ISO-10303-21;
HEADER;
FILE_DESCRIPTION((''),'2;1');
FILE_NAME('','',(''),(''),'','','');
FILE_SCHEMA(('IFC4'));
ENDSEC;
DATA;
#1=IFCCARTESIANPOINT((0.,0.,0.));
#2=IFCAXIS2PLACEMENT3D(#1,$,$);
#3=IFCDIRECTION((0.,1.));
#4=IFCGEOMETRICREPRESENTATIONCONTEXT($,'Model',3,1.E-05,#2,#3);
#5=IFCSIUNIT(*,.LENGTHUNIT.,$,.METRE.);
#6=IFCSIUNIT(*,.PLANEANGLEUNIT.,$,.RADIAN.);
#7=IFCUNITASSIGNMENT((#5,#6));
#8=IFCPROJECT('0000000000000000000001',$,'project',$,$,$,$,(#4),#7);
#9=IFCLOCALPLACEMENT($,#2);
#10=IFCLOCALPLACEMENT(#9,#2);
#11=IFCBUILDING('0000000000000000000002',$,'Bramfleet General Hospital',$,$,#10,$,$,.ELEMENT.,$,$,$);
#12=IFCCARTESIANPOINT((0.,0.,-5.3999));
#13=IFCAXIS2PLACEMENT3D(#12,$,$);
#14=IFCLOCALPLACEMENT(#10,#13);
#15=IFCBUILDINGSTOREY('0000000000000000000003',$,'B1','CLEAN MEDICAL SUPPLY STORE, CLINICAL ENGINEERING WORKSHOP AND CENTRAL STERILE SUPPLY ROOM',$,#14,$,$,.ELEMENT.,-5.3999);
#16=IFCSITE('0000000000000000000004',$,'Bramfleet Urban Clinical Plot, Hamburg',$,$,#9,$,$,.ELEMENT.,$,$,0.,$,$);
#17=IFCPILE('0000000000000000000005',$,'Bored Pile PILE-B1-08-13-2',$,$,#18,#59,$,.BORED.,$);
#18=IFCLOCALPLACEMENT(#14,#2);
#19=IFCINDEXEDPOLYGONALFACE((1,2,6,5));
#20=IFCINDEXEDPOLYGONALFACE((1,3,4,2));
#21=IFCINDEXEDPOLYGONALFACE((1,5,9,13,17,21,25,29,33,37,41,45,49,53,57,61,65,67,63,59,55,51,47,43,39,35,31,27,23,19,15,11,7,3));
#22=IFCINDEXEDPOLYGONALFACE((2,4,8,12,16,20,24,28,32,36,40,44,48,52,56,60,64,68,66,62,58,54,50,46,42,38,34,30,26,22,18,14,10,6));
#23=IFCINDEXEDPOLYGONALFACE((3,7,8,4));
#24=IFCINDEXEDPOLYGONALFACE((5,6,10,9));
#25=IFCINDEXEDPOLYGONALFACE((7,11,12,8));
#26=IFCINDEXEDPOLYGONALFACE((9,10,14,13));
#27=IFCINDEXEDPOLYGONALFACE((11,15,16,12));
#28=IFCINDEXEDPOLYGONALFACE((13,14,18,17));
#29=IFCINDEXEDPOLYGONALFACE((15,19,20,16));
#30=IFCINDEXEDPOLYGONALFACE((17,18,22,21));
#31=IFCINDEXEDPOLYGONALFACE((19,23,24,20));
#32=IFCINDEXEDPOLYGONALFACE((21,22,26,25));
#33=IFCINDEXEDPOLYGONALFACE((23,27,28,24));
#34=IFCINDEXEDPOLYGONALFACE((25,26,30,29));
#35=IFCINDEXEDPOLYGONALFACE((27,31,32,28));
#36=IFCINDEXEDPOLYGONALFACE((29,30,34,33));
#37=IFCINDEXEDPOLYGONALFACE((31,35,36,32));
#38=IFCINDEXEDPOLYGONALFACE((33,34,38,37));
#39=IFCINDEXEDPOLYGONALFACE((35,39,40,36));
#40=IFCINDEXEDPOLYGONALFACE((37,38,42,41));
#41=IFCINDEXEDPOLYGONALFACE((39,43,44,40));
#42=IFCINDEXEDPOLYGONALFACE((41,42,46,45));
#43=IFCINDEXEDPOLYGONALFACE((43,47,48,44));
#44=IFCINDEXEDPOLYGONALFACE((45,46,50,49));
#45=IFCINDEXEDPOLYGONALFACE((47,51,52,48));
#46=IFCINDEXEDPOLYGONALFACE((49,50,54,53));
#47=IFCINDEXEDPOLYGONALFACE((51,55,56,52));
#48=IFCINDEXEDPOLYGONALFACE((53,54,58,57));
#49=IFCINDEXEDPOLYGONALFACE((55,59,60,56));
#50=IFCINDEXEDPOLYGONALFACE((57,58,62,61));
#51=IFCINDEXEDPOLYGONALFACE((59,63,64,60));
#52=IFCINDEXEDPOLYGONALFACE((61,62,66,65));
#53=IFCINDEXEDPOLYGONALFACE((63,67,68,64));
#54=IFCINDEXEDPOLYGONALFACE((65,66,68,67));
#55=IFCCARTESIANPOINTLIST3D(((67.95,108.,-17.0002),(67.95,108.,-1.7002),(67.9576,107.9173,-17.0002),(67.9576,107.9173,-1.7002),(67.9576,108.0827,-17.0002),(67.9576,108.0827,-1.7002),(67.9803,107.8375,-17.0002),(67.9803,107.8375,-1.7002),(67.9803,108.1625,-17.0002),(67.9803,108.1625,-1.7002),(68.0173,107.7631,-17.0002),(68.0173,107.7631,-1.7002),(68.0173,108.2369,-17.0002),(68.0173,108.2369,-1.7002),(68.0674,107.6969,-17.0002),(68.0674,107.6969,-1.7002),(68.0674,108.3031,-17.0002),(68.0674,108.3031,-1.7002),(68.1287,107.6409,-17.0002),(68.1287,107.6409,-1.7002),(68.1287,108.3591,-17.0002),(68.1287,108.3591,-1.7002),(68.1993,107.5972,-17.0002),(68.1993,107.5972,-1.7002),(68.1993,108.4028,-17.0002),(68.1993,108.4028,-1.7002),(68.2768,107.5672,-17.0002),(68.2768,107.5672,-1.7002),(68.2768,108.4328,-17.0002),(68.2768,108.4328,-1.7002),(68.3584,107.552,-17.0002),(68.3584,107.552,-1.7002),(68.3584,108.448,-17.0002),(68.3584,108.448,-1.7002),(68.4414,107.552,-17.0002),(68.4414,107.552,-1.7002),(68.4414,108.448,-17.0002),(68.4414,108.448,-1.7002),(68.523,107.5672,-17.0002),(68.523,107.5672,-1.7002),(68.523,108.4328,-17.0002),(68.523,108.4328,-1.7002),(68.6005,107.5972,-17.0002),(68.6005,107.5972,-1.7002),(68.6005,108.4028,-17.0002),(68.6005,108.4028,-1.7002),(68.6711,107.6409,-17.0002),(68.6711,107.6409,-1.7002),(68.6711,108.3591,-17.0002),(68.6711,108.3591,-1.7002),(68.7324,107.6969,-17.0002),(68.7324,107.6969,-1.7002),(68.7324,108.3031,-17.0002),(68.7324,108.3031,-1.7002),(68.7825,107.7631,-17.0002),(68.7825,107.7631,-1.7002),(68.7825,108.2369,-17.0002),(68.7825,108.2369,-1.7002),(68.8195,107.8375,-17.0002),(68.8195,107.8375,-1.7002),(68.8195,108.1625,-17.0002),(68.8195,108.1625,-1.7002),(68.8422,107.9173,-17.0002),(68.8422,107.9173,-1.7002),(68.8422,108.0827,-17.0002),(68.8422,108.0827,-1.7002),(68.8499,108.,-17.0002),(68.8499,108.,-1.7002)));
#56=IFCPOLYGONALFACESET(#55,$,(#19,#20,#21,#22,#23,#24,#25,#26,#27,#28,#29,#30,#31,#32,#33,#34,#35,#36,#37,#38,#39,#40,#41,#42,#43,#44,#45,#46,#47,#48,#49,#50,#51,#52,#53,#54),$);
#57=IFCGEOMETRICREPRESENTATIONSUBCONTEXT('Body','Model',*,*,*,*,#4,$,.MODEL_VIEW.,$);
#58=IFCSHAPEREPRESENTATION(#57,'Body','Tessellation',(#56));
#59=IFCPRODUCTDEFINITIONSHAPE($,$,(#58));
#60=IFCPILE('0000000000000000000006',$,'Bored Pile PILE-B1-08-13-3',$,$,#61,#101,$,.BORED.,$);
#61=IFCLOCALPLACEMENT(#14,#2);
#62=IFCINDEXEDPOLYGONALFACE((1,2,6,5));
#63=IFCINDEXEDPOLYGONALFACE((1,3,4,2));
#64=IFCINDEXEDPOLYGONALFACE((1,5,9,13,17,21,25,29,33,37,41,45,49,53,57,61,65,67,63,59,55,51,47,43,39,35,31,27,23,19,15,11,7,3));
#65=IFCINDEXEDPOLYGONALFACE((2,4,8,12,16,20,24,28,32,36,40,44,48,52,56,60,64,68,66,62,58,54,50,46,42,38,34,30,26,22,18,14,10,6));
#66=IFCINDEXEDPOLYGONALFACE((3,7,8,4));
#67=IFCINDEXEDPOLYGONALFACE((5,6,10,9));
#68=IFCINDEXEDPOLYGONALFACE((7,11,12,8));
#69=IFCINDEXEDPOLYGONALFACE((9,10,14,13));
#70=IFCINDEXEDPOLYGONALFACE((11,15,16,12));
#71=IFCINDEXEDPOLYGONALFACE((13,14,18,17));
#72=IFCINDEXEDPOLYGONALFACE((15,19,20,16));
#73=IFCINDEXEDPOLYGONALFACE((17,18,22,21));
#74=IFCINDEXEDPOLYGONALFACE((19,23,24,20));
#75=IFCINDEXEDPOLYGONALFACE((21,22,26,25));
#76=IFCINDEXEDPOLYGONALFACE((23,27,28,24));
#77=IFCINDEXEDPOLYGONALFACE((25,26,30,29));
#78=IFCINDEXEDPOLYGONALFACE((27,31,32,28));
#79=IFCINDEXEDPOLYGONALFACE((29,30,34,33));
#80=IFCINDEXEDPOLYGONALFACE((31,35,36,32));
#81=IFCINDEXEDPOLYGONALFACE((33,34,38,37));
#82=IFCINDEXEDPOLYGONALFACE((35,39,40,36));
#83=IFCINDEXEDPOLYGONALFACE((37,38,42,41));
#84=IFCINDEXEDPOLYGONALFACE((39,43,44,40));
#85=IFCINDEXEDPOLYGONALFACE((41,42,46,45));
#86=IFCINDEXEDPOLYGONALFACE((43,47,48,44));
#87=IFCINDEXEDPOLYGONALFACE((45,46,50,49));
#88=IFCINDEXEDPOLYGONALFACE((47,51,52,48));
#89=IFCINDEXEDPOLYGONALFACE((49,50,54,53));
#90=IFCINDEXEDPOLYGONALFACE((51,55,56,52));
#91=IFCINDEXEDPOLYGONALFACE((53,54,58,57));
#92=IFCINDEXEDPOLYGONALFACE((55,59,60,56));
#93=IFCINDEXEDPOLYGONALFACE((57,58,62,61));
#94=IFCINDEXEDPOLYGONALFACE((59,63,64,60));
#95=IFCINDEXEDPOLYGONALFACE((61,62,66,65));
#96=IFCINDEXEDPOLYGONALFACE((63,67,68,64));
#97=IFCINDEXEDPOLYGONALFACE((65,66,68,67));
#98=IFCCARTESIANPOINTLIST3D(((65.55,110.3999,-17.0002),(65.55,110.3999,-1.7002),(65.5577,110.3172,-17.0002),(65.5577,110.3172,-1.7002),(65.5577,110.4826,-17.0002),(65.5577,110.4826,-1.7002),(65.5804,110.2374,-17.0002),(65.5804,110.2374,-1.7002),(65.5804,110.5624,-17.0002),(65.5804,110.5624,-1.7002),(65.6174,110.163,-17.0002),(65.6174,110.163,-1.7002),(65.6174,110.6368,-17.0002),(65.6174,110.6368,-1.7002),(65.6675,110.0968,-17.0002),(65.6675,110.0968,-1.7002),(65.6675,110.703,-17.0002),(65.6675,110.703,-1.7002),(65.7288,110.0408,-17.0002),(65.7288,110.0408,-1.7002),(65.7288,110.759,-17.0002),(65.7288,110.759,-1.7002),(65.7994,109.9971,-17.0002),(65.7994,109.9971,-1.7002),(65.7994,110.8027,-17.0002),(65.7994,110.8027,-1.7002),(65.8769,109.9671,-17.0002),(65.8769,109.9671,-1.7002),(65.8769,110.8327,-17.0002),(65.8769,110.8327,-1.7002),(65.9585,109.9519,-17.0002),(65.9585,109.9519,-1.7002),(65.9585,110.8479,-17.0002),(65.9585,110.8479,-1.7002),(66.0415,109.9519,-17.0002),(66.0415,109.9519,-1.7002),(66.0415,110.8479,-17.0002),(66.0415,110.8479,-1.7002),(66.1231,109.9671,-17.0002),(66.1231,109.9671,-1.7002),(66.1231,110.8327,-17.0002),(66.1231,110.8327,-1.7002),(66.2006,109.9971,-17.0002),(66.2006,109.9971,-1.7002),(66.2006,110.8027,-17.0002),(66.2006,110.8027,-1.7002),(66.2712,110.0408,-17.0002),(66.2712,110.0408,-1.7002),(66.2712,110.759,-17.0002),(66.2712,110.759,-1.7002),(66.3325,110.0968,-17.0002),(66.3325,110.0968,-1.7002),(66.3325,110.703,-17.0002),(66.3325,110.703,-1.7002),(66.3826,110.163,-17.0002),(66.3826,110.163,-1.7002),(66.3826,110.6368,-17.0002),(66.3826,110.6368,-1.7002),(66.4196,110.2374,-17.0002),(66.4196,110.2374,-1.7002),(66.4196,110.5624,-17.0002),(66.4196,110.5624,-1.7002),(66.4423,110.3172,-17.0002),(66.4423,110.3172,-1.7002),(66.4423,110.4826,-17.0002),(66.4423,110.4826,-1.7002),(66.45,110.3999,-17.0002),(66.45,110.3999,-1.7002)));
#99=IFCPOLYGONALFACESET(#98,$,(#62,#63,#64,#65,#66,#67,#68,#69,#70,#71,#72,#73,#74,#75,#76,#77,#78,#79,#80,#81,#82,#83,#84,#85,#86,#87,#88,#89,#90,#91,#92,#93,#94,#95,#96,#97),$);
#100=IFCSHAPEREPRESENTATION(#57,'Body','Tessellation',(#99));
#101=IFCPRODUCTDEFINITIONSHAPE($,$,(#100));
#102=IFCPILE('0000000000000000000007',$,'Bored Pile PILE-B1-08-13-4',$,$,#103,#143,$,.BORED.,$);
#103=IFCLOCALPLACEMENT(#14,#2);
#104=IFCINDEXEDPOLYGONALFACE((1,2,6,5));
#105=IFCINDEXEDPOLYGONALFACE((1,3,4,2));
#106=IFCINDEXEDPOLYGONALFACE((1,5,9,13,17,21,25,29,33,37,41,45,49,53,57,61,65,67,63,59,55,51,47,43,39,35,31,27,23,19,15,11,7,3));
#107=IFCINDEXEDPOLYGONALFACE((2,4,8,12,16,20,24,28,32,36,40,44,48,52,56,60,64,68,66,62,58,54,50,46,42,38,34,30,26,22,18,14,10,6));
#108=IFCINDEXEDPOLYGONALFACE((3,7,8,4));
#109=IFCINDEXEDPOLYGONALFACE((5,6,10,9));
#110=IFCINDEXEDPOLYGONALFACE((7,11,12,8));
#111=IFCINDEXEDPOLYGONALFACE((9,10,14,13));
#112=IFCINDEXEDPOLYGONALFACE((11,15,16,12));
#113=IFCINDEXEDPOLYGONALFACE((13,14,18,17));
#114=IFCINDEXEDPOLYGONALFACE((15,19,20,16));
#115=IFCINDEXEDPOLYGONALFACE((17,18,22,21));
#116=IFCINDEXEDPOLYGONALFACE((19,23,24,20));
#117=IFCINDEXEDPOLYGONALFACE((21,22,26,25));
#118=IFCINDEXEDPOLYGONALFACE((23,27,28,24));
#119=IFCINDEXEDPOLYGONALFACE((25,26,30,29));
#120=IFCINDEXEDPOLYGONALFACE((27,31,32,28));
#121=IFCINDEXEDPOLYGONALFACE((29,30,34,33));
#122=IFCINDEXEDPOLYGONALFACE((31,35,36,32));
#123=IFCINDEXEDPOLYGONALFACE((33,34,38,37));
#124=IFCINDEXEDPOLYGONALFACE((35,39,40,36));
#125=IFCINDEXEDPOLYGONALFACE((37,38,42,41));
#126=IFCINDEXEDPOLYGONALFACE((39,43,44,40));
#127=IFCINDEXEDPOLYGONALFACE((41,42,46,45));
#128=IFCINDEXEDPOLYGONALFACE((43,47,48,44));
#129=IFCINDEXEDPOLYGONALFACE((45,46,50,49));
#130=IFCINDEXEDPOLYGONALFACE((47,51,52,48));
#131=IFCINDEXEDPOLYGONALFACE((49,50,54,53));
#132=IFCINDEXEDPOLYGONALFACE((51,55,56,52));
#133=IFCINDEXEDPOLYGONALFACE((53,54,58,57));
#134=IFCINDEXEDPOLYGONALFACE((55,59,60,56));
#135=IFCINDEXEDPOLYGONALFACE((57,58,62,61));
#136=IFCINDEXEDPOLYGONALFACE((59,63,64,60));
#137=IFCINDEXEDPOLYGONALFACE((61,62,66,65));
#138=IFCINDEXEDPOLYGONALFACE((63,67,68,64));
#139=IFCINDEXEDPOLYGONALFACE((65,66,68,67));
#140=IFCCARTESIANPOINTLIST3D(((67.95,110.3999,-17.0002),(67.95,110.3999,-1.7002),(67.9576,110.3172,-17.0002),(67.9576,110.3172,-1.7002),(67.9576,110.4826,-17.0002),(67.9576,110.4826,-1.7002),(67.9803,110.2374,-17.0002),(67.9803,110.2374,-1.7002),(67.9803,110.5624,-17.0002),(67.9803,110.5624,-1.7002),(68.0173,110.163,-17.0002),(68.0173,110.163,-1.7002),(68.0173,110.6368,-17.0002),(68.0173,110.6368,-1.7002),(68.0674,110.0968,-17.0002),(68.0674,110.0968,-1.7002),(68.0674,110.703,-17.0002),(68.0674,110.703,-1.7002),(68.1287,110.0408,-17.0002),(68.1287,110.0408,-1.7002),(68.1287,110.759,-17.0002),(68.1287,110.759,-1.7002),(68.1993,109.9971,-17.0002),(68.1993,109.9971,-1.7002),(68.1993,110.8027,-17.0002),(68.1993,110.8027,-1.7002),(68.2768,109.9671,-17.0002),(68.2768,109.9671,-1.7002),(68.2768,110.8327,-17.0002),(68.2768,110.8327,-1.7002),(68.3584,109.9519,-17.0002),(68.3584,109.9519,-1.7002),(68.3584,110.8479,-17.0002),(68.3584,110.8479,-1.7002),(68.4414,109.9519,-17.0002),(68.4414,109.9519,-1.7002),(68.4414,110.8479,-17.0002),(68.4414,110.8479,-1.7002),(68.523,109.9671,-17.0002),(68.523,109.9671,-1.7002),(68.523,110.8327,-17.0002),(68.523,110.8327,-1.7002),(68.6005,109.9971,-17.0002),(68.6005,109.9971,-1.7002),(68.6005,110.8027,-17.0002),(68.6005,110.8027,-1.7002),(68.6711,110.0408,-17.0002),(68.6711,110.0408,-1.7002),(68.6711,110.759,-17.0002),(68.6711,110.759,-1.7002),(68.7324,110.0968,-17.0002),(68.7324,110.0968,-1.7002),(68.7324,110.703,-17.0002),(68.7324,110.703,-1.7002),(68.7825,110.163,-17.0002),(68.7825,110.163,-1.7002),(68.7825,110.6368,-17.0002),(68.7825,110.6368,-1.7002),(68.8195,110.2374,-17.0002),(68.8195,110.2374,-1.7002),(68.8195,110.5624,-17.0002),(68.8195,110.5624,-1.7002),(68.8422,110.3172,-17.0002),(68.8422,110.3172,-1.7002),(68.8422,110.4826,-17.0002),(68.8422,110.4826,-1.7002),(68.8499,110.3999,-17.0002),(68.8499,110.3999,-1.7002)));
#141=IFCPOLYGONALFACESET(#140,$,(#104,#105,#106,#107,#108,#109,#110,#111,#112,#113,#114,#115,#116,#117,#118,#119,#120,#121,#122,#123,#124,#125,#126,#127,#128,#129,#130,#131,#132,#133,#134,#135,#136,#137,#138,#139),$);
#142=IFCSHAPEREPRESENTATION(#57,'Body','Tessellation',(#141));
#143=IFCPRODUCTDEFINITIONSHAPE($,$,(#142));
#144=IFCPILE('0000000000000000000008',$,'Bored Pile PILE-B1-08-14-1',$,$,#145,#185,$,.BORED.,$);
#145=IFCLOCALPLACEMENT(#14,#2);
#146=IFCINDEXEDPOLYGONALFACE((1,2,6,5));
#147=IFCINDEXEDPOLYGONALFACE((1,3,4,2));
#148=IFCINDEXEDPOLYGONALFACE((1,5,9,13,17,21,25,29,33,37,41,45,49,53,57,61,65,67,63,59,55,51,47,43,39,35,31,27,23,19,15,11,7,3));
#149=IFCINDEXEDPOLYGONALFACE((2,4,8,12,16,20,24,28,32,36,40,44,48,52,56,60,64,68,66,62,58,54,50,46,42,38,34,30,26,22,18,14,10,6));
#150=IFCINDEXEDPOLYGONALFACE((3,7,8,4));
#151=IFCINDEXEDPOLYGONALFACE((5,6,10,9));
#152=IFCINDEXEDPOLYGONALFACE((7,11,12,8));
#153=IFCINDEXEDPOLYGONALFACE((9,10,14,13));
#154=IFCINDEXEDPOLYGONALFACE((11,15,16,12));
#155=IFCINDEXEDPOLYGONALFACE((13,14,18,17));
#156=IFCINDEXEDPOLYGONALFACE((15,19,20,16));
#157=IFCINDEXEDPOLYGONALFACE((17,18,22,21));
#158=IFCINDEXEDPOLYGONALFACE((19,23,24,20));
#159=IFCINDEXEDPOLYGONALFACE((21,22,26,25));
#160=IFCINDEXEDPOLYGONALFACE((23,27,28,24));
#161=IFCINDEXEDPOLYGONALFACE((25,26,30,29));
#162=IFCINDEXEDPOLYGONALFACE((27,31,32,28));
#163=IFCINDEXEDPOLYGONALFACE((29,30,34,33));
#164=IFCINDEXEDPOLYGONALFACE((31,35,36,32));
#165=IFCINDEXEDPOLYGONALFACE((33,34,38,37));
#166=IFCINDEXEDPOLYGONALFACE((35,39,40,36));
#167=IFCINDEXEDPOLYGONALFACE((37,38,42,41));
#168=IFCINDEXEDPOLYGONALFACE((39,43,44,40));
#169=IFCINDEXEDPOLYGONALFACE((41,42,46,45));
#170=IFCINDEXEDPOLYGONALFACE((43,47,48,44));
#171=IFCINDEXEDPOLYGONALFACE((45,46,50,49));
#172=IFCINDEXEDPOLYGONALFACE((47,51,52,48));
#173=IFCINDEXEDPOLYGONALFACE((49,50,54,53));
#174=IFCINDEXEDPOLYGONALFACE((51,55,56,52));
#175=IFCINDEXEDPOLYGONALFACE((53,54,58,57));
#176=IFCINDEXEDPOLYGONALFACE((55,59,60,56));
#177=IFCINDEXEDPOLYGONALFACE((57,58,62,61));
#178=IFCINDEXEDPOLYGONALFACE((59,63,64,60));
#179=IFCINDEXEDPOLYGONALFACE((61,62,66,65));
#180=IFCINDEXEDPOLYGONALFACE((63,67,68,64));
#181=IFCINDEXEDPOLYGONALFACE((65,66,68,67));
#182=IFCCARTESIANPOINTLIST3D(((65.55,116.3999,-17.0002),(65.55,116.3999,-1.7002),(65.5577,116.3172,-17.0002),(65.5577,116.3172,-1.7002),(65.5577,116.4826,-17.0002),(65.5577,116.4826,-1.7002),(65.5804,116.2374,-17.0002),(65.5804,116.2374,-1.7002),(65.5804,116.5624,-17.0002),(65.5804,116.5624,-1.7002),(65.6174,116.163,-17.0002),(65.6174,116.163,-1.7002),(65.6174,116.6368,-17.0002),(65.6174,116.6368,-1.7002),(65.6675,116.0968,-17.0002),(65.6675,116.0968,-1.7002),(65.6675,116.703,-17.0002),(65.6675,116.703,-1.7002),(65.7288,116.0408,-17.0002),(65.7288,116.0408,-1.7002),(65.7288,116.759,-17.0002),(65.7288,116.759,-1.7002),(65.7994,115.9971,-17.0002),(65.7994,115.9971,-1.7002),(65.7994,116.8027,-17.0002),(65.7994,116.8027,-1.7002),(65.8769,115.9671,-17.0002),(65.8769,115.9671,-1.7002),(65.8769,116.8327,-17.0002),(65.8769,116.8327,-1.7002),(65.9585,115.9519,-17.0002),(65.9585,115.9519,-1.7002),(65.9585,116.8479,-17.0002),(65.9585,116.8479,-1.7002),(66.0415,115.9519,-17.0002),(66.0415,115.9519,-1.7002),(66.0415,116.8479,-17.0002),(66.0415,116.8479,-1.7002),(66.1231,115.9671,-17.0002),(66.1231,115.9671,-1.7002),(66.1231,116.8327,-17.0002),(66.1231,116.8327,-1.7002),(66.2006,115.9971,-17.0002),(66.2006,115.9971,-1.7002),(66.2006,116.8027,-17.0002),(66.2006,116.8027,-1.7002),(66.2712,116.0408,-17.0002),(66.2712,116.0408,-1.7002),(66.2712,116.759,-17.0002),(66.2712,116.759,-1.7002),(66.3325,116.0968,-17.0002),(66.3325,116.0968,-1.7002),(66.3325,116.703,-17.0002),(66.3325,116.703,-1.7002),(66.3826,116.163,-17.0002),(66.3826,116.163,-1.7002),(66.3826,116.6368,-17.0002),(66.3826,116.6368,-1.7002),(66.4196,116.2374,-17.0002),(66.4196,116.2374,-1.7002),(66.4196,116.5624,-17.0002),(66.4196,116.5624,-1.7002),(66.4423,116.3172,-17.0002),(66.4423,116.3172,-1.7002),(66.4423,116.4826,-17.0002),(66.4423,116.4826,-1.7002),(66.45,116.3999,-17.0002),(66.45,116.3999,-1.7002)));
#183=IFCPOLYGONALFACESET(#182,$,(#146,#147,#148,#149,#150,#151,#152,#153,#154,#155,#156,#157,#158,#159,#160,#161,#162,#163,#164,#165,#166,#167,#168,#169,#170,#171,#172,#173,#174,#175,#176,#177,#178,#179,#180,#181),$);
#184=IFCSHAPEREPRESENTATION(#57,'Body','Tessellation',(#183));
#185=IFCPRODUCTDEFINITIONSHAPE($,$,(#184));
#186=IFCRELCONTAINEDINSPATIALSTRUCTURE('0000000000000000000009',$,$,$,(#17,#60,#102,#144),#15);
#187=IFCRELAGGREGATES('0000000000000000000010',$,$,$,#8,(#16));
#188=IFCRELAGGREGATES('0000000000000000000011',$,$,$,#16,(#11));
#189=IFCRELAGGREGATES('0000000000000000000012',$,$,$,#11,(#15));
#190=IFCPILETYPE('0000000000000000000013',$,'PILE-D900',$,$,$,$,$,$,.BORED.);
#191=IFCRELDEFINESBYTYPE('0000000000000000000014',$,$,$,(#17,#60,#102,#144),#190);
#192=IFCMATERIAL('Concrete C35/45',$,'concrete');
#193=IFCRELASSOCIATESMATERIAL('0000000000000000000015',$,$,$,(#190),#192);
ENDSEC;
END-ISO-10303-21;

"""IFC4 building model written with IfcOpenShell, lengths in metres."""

from ifc_helpers import new_model, si_unit, direction, frame, origin, origin_2d, place, context, subcontext, project, spatial, circle, extrude, material, material_profile, profile_set, type_object, element, save


model = new_model("IFC4")

# Units and contexts
model_context = context("Model", 3, precision=1e-05, world=origin(), true_north=direction((0.0, 1.0)))
body_context = subcontext(model_context, "Body", "Model", "MODEL_VIEW")
ifc_project = project(units=[si_unit("LENGTHUNIT", "METRE"), si_unit("PLANEANGLEUNIT", "RADIAN")], contexts=[model_context])

# Site, building, storey
site_placement = place(None, origin())
site = spatial("IfcSite", under=ifc_project, at=site_placement, Name="Bramfleet Urban Clinical Plot, Hamburg", CompositionType="ELEMENT", RefElevation=0.0)
building_placement = place(site_placement, origin())
building = spatial("IfcBuilding", under=site, at=building_placement, Name="Bramfleet General Hospital", CompositionType="ELEMENT")
storey_placement = place(building_placement, frame((0.0, 0.0, -5.3999)))
storey = spatial("IfcBuildingStorey", under=building, at=storey_placement, Name="B1", Description="CLEAN MEDICAL SUPPLY STORE, CLINICAL ENGINEERING WORKSHOP AND CENTRAL STERILE SUPPLY ROOM", CompositionType="ELEMENT", Elevation=-5.3999)

# Shared definitions
ifc_material_1 = material(Name="Concrete C35/45", Category="concrete")

# Piles
ifc_material_profile_1 = material_profile(ifc_material_1, circle(Radius=0.45, at=origin_2d()), Name="PILE BORED D900")
ifc_profile_set_1 = profile_set([ifc_material_profile_1], Name="Concrete C35/45")
pile_type = type_object("IfcPileType", Name="PILE-D900", PredefinedType="BORED", material=ifc_profile_set_1)
for number, where, z_axis, x_axis, name in (
    (1, (68.3999, 108.0, -1.7002), (0.0, 0.0, -1.0), (1.0, 0.0, 0.0), "Bored Pile PILE-B1-08-13-2"),
    (2, (66.0, 110.3999, -1.7002), (0.0, 0.0, -1.0), (1.0, 0.0, 0.0), "Bored Pile PILE-B1-08-13-3"),
    (3, (68.3999, 110.3999, -1.7002), (0.0, 0.0, -1.0), (1.0, 0.0, 0.0), "Bored Pile PILE-B1-08-13-4"),
    (4, (66.0, 116.3999, -1.7002), (0.0, 0.0, -1.0), (1.0, 0.0, 0.0), "Bored Pile PILE-B1-08-14-1"),
):
    element("IfcPile", number, at=place(storey_placement, frame(where, z_axis=z_axis, x_axis=x_axis)), inside=storey, type_object=pile_type, Name=name, PredefinedType="BORED", context=body_context, shape_type="SweptSolid", body=[
        extrude(circle(Radius=0.45, at=origin_2d()), origin(), (0.0, 0.0, 1.0), 15.3),
    ])

save(model, "model.ifc")
